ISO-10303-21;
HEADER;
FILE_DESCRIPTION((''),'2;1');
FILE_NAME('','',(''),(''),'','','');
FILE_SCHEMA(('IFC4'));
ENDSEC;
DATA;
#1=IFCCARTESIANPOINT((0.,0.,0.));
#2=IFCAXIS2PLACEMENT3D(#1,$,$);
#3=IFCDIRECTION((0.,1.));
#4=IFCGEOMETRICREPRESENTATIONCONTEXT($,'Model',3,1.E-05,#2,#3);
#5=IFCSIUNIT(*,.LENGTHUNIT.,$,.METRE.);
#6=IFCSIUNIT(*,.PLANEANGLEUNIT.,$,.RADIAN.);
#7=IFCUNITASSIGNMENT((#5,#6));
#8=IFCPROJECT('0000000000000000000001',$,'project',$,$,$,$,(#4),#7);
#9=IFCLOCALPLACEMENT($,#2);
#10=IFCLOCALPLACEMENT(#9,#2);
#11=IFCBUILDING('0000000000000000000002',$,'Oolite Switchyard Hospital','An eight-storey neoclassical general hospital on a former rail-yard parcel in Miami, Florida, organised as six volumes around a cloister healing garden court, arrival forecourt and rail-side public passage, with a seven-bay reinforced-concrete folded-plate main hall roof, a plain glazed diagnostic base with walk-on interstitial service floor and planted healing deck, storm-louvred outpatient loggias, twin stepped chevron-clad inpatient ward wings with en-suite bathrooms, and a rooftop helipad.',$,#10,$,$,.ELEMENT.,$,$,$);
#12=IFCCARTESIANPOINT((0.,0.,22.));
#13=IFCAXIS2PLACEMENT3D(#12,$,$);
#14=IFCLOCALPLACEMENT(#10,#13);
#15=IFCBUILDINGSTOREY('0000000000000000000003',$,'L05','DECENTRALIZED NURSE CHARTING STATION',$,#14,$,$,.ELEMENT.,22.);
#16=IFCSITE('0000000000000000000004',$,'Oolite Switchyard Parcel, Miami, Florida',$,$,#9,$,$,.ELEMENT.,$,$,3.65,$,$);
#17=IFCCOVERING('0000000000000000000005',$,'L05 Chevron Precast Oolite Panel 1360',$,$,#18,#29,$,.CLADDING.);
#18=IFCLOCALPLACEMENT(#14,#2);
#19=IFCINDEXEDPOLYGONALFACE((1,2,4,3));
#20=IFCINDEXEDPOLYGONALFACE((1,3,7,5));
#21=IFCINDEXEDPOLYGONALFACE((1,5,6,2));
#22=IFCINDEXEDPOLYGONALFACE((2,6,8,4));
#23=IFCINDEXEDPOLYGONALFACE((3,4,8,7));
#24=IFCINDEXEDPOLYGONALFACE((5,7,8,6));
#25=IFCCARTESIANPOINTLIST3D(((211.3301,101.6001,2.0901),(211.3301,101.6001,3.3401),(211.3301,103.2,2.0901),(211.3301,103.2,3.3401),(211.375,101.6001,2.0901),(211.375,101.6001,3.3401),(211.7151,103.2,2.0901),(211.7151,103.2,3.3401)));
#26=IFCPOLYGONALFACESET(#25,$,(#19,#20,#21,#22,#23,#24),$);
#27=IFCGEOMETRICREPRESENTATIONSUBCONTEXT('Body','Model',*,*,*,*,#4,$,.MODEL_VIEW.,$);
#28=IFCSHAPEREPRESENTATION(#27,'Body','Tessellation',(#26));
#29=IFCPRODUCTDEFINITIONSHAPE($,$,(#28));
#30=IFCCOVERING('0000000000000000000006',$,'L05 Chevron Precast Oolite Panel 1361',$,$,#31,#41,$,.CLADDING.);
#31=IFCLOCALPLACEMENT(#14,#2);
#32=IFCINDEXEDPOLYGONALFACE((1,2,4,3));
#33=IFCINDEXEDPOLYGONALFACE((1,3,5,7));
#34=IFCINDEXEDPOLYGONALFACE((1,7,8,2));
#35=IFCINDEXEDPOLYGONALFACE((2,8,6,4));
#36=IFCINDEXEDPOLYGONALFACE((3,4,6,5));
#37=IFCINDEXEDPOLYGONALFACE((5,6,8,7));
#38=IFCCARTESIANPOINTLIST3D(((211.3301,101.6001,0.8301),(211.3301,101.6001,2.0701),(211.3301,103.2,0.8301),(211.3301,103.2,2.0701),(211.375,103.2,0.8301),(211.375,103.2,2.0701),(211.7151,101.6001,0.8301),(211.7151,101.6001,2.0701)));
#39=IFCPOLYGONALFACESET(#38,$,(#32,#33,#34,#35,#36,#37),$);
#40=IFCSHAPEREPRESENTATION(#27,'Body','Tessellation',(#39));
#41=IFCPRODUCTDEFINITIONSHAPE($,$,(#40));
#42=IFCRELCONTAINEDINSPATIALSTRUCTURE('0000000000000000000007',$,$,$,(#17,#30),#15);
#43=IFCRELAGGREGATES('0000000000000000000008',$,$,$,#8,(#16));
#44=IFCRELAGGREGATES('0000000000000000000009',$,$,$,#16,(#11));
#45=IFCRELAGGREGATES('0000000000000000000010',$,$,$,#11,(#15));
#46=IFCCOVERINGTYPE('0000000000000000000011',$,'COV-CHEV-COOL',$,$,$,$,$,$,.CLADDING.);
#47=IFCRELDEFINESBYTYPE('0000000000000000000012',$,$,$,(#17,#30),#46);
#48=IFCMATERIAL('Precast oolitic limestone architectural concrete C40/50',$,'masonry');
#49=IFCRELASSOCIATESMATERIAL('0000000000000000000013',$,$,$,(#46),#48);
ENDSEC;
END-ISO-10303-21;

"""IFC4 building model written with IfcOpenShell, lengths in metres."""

from ifc_helpers import new_model, si_unit, direction, frame, origin, place, context, subcontext, project, spatial, polyline, outline, extrude, material, type_object, element, save


model = new_model("IFC4")

# Units and contexts
model_context = context("Model", 3, precision=1e-05, world=origin(), true_north=direction((0.0, 1.0)))
body_context = subcontext(model_context, "Body", "Model", "MODEL_VIEW")
ifc_project = project(units=[si_unit("LENGTHUNIT", "METRE"), si_unit("PLANEANGLEUNIT", "RADIAN")], contexts=[model_context])

# Site, building, storey
site_placement = place(None, origin())
site = spatial("IfcSite", under=ifc_project, at=site_placement, Name="Oolite Switchyard Parcel, Miami, Florida", CompositionType="ELEMENT", RefElevation=3.65)
building_placement = place(site_placement, origin())
building = spatial("IfcBuilding", under=site, at=building_placement, Name="Oolite Switchyard Hospital", Description="An eight-storey neoclassical general hospital on a former rail-yard parcel in Miami, Florida, organised as six volumes around a cloister healing garden court, arrival forecourt and rail-side public passage, with a seven-bay reinforced-concrete folded-plate main hall roof, a plain glazed diagnostic base with walk-on interstitial service floor and planted healing deck, storm-louvred outpatient loggias, twin stepped chevron-clad inpatient ward wings with en-suite bathrooms, and a rooftop helipad.", CompositionType="ELEMENT")
storey_placement = place(building_placement, frame((0.0, 0.0, 22.0)))
storey = spatial("IfcBuildingStorey", under=building, at=storey_placement, Name="L05", Description="DECENTRALIZED NURSE CHARTING STATION", CompositionType="ELEMENT", Elevation=22.0)

# Shared definitions
ifc_material_1 = material(Name="Precast oolitic limestone architectural concrete C40/50", Category="masonry")

# Coverings
covering_type = type_object("IfcCoveringType", Name="COV-CHEV-COOL", PredefinedType="CLADDING", material=ifc_material_1)
covering_1_placement = place(storey_placement, frame((211.3301, 103.2, 2.0901), z_axis=(0.0, 0.0, 1.0), x_axis=(0.0, -1.0, 0.0)))
element("IfcCovering", 1, at=covering_1_placement, inside=storey, type_object=covering_type, Name="L05 Chevron Precast Oolite Panel 1360", PredefinedType="CLADDING", context=body_context, shape_type="SweptSolid", body=[
    extrude(outline(polyline([(0.0, 0.0), (1.5999, 0.0), (1.5999, 0.0449), (0.0, 0.385), (0.0, 0.0)])), origin(), (0.0, 0.0, 1.0), 1.25),
])
covering_2_placement = place(storey_placement, frame((211.3301, 103.2, 0.8301), z_axis=(0.0, 0.0, 1.0), x_axis=(0.0, -1.0, 0.0)))
element("IfcCovering", 2, at=covering_2_placement, inside=storey, type_object=covering_type, Name="L05 Chevron Precast Oolite Panel 1361", PredefinedType="CLADDING", context=body_context, shape_type="SweptSolid", body=[
    extrude(outline(polyline([(0.0, 0.0), (1.5999, 0.0), (1.5999, 0.385), (0.0, 0.0449), (0.0, 0.0)])), origin(), (0.0, 0.0, 1.0), 1.24),
])

save(model, "model.ifc")
